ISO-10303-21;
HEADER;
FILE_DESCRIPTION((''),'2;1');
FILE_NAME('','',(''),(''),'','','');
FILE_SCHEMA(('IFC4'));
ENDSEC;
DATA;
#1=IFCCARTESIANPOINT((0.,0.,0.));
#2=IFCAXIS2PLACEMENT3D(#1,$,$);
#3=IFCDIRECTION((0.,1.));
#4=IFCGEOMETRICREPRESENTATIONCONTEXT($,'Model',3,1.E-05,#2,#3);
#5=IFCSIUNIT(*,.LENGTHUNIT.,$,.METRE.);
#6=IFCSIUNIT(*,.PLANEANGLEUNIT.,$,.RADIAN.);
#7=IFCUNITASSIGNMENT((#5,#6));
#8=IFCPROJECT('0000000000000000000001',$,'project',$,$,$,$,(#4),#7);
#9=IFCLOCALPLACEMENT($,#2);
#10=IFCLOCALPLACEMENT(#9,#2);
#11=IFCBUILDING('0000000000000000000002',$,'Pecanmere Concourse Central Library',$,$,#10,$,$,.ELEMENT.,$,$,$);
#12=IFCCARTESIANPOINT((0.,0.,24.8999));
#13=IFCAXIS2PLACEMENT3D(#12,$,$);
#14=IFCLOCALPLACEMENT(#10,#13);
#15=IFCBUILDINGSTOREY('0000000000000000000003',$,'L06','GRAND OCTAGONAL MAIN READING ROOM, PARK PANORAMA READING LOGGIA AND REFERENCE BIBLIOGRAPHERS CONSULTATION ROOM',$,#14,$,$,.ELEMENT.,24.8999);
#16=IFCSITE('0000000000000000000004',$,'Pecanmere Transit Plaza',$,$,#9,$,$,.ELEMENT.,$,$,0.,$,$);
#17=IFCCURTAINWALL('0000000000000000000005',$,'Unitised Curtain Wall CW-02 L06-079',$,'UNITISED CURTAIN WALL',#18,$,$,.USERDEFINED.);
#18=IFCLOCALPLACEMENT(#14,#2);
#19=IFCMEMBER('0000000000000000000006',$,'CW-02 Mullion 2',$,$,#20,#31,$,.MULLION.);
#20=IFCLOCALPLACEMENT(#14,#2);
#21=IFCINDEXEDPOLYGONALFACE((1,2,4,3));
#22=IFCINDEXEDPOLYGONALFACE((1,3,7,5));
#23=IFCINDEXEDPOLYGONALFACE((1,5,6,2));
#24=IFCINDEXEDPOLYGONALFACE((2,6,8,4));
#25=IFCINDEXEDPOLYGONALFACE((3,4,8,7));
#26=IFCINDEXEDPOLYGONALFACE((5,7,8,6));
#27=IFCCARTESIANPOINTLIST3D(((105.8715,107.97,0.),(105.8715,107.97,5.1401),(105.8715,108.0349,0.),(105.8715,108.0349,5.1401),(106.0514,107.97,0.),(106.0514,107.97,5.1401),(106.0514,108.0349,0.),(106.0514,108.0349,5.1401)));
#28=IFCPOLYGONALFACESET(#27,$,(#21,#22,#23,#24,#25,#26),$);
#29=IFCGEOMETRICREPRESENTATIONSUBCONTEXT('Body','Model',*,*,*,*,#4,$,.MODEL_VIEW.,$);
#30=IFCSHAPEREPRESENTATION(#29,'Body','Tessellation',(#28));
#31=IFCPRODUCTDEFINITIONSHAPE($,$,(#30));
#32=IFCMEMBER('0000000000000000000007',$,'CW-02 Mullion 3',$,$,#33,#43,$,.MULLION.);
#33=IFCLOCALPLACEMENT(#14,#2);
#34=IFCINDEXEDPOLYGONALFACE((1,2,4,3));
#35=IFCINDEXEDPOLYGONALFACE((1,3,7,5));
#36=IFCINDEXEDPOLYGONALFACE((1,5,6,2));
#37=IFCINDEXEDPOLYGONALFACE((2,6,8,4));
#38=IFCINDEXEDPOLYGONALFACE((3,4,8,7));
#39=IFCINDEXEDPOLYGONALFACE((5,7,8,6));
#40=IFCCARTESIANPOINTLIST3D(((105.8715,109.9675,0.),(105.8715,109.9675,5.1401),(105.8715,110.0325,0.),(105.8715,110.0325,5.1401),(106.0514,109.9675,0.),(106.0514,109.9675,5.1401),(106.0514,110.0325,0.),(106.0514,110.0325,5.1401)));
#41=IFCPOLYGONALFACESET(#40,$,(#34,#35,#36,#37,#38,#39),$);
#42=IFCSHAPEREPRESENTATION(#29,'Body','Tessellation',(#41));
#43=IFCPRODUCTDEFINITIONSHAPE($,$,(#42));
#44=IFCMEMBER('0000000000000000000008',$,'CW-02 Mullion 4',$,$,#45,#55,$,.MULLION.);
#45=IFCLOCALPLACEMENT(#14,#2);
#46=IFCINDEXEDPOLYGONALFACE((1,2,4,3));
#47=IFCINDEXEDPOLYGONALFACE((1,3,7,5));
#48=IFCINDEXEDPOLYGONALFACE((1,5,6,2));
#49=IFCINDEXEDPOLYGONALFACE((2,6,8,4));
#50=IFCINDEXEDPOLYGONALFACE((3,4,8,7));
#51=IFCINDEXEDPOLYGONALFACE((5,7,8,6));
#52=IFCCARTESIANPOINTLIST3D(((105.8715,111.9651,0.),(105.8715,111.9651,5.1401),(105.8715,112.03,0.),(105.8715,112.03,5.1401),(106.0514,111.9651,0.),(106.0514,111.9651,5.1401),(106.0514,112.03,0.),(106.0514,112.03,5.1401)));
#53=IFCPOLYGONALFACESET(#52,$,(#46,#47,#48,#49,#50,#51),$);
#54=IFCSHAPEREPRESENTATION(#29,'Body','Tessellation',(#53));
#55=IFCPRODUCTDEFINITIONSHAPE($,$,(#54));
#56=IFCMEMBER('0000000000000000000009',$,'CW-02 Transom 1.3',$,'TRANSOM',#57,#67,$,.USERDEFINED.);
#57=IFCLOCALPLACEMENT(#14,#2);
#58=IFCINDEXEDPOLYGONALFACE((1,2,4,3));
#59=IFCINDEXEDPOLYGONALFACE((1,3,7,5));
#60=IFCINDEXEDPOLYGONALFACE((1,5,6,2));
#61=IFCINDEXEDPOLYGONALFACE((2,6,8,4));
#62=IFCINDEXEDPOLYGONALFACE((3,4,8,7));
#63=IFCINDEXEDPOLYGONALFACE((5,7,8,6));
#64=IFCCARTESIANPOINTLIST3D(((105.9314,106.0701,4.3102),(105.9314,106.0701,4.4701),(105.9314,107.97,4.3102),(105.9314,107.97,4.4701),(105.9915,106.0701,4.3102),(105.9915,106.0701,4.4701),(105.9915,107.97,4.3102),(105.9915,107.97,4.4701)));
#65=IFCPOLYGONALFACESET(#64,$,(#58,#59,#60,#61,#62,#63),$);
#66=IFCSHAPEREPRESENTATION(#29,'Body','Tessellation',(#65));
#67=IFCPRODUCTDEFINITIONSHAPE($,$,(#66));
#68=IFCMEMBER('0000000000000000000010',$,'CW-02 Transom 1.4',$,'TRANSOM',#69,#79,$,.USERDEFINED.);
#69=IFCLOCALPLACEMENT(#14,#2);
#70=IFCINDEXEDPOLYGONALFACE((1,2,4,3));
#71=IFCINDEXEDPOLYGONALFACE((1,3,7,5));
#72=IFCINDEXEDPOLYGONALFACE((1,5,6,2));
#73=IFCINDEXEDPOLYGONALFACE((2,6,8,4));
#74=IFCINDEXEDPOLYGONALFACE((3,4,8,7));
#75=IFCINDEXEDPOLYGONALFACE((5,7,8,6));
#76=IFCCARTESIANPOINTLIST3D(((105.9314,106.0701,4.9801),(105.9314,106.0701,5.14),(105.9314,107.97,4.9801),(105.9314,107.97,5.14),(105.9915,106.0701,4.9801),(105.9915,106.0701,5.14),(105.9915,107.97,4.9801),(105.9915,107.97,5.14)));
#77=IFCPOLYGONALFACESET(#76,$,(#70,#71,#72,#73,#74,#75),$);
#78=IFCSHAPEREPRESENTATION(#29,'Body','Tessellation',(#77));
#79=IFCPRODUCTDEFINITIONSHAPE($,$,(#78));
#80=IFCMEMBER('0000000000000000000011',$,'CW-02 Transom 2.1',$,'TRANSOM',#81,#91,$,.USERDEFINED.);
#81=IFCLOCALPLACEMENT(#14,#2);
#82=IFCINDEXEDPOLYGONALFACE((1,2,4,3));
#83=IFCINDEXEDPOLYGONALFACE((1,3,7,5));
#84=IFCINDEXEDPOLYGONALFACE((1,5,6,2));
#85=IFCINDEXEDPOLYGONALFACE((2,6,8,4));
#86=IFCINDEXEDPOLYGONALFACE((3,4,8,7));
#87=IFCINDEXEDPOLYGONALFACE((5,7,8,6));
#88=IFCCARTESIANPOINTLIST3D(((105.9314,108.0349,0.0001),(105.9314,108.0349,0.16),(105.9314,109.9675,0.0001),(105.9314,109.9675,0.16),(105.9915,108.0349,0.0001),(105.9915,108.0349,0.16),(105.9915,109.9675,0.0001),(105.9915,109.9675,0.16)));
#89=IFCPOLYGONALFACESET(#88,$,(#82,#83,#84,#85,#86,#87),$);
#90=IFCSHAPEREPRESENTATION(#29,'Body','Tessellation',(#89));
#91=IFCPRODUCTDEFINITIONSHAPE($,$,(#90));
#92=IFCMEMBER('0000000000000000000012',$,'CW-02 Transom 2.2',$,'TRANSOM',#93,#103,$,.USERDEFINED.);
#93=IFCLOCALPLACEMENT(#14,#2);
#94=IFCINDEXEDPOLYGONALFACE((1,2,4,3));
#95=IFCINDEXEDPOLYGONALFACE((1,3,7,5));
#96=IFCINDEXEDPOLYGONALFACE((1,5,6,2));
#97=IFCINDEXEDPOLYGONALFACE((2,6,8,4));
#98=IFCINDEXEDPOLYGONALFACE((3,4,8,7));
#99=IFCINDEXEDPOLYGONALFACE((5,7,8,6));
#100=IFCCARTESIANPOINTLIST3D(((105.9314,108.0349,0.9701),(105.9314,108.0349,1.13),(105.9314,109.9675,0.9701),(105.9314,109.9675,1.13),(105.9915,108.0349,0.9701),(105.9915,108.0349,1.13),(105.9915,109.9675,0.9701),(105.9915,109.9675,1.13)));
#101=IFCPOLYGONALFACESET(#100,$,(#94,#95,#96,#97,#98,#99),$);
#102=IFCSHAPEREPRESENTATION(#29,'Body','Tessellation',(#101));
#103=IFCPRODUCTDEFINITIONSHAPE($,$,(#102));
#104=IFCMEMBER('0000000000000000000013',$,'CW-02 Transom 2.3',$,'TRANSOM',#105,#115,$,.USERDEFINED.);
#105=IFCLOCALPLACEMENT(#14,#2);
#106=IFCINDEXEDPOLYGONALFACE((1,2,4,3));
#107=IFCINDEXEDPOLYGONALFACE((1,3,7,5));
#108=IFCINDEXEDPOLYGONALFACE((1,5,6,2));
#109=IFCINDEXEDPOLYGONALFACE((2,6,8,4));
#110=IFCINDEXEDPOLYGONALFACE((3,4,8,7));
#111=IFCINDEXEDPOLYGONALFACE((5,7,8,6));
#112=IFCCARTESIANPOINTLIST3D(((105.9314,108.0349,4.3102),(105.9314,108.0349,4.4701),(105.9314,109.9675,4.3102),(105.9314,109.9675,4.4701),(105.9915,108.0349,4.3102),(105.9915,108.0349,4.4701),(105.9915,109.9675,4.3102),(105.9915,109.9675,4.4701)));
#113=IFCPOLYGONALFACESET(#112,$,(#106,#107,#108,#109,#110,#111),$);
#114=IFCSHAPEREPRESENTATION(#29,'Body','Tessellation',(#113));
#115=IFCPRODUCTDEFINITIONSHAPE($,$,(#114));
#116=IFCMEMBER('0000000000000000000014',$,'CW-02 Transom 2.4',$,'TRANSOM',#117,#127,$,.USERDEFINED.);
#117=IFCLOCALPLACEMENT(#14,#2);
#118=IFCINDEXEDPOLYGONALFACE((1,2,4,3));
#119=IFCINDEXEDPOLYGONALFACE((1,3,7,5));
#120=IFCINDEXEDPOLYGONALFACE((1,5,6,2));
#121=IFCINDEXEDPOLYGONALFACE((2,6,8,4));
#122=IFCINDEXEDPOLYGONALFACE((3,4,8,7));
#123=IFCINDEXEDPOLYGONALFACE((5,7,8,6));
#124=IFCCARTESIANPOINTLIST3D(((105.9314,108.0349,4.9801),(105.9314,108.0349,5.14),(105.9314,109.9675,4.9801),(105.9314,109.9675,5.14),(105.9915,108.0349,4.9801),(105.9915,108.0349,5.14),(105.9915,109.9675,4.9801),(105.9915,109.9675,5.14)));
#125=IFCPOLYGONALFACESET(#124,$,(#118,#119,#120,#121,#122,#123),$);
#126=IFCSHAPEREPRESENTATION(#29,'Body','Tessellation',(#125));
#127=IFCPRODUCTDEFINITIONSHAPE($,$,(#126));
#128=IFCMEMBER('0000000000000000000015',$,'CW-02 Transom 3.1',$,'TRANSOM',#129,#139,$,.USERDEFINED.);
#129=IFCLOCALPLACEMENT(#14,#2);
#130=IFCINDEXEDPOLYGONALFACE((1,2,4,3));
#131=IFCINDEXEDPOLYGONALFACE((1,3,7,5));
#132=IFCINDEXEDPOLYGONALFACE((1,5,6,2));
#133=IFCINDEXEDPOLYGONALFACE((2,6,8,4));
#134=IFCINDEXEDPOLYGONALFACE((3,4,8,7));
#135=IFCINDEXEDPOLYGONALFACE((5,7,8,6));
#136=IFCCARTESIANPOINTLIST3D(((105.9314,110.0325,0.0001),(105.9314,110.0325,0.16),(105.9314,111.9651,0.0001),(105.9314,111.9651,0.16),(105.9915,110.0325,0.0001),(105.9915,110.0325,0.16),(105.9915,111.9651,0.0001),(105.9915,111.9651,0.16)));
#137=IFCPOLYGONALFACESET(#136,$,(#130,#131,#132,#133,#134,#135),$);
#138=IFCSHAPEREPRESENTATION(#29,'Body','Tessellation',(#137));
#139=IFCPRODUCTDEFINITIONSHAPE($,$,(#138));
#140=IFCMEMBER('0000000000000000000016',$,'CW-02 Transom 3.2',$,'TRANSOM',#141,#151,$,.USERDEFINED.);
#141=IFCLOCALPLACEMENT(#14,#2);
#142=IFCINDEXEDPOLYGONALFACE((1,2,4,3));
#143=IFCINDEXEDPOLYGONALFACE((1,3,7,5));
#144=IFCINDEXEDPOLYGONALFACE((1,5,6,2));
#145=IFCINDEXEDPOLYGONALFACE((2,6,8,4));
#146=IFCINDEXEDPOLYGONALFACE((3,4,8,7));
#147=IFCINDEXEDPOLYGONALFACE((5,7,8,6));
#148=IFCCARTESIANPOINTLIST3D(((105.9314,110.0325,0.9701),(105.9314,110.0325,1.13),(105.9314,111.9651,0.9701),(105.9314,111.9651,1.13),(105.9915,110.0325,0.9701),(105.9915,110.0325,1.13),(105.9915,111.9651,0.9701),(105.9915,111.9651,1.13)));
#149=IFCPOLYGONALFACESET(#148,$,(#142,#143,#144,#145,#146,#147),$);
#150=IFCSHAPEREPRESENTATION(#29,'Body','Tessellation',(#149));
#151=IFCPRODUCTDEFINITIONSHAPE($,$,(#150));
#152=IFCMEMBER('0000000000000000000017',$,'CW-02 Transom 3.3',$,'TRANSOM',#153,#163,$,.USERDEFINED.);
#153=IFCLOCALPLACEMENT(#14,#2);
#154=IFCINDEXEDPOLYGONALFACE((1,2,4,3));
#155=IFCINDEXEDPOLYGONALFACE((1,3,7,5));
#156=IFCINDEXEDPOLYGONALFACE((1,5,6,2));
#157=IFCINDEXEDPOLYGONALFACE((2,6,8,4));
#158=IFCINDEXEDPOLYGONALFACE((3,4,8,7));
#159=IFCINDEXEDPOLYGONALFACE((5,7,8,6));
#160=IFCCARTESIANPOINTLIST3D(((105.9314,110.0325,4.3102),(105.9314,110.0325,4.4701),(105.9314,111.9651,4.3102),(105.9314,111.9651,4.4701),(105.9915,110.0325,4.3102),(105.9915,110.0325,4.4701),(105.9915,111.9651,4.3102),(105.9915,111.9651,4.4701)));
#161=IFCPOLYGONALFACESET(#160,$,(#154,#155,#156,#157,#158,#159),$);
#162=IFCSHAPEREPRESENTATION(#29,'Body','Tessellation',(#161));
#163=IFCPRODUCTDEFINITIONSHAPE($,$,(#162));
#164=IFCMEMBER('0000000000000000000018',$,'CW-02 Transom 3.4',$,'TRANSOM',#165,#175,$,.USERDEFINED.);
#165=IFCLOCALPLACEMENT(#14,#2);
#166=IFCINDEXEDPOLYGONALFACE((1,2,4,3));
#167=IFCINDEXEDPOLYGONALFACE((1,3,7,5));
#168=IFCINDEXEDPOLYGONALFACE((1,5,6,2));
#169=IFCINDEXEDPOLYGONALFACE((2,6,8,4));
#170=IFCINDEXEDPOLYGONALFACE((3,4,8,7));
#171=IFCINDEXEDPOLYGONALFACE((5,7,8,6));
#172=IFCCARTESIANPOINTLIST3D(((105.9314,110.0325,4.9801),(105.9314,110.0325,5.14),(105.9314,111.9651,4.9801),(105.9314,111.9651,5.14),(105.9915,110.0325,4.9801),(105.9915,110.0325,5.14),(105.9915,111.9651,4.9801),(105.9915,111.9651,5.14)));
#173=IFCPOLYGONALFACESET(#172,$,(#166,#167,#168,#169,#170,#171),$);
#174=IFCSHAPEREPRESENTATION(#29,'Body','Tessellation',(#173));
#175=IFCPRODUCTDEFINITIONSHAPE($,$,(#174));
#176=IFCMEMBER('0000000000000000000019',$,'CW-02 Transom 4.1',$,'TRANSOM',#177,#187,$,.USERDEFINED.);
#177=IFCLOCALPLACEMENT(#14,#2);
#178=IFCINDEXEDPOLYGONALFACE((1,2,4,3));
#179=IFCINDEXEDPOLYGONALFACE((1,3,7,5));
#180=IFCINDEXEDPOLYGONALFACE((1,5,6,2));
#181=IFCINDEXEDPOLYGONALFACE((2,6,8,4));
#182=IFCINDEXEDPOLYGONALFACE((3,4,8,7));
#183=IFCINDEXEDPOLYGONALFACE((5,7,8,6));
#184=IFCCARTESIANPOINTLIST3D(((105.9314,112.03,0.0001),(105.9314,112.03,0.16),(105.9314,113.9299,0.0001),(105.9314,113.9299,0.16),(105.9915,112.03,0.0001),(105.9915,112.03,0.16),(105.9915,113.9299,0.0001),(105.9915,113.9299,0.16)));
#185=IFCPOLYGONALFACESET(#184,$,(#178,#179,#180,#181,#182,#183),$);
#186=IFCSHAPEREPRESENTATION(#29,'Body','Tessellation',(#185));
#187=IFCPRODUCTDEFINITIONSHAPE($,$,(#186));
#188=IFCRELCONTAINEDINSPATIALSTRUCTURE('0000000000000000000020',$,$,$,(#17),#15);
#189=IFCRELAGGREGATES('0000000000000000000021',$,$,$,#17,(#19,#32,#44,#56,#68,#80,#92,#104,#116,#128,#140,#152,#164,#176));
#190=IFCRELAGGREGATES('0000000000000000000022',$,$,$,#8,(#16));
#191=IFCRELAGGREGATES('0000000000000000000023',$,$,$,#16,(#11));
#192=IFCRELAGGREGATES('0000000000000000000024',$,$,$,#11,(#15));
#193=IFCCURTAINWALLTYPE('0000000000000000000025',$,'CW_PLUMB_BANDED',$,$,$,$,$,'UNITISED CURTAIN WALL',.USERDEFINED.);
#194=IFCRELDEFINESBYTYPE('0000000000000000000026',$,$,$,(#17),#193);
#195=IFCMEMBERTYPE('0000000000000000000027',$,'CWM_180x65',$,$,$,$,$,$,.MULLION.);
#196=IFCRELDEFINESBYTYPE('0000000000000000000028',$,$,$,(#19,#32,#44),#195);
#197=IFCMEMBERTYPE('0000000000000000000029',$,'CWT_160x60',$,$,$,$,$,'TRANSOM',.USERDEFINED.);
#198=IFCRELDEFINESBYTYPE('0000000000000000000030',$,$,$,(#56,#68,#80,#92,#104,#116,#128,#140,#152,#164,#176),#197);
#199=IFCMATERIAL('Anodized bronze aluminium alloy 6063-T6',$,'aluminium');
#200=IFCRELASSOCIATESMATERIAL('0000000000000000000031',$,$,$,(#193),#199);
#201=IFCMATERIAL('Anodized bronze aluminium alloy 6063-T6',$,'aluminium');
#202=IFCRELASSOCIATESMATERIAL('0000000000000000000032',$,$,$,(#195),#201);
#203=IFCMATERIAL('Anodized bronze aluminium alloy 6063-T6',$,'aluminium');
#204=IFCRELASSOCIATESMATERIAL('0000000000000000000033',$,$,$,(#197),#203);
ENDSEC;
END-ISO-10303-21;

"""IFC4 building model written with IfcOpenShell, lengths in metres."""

from ifc_helpers import new_model, si_unit, direction, frame, origin, origin_2d, place, context, subcontext, project, spatial, rectangle, extrude, material, material_profile, profile_set, type_object, element, aggregate, save


model = new_model("IFC4")

# Units and contexts
model_context = context("Model", 3, precision=1e-05, world=origin(), true_north=direction((0.0, 1.0)))
body_context = subcontext(model_context, "Body", "Model", "MODEL_VIEW")
ifc_project = project(units=[si_unit("LENGTHUNIT", "METRE"), si_unit("PLANEANGLEUNIT", "RADIAN")], contexts=[model_context])

# Site, building, storey
site_placement = place(None, origin())
site = spatial("IfcSite", under=ifc_project, at=site_placement, Name="Pecanmere Transit Plaza", CompositionType="ELEMENT", RefElevation=0.0)
building_placement = place(site_placement, origin())
building = spatial("IfcBuilding", under=site, at=building_placement, Name="Pecanmere Concourse Central Library", CompositionType="ELEMENT")
storey_placement = place(building_placement, frame((0.0, 0.0, 24.8999)))
storey = spatial("IfcBuildingStorey", under=building, at=storey_placement, Name="L06", Description="GRAND OCTAGONAL MAIN READING ROOM, PARK PANORAMA READING LOGGIA AND REFERENCE BIBLIOGRAPHERS CONSULTATION ROOM", CompositionType="ELEMENT", Elevation=24.8999)

# Curtain wall, members
ifc_material_1 = material(Name="Anodized bronze aluminium alloy 6063-T6", Category="aluminium")
curtain_wall_type = type_object("IfcCurtainWallType", Name="CW_PLUMB_BANDED", ElementType="UNITISED CURTAIN WALL", PredefinedType="USERDEFINED", material=ifc_material_1)
curtain_wall_placement = place(storey_placement, origin())
curtain_wall = element("IfcCurtainWall", 1, at=curtain_wall_placement, inside=storey, type_object=curtain_wall_type, Name="Unitised Curtain Wall CW-02 L06-079", ObjectType="UNITISED CURTAIN WALL", PredefinedType="USERDEFINED")
ifc_material_2 = material(Name="Anodized bronze aluminium alloy 6063-T6", Category="aluminium")
ifc_material_profile_1 = material_profile(ifc_material_2, rectangle(XDim=0.0649, YDim=0.1799, at=origin_2d()), Name="AL 65x180")
ifc_profile_set_1 = profile_set([ifc_material_profile_1], Name="Anodized bronze aluminium alloy 6063-T6")
member_type_1 = type_object("IfcMemberType", Name="CWM_180x65", PredefinedType="MULLION", material=ifc_profile_set_1)
member_1_placement = place(storey_placement, frame((105.9614, 108.0024, 0.0), z_axis=(0.0, 0.0, 1.0), x_axis=(0.0, 1.0, 0.0)))
member_1 = element("IfcMember", 2, at=member_1_placement, type_object=member_type_1, Name="CW-02 Mullion 2", PredefinedType="MULLION", context=body_context, shape_type="SweptSolid", body=[
    extrude(rectangle(XDim=0.0649, YDim=0.1799, at=origin_2d()), origin(), (0.0, 0.0, 1.0), 5.1401),
])
member_2_placement = place(storey_placement, frame((105.9614, 110.0, 0.0), z_axis=(0.0, 0.0, 1.0), x_axis=(0.0, 1.0, 0.0)))
member_2 = element("IfcMember", 3, at=member_2_placement, type_object=member_type_1, Name="CW-02 Mullion 3", PredefinedType="MULLION", context=body_context, shape_type="SweptSolid", body=[
    extrude(rectangle(XDim=0.0649, YDim=0.1799, at=origin_2d()), origin(), (0.0, 0.0, 1.0), 5.1401),
])
member_3_placement = place(storey_placement, frame((105.9614, 111.9976, 0.0), z_axis=(0.0, 0.0, 1.0), x_axis=(0.0, 1.0, 0.0)))
member_3 = element("IfcMember", 4, at=member_3_placement, type_object=member_type_1, Name="CW-02 Mullion 4", PredefinedType="MULLION", context=body_context, shape_type="SweptSolid", body=[
    extrude(rectangle(XDim=0.0649, YDim=0.1799, at=origin_2d()), origin(), (0.0, 0.0, 1.0), 5.1401),
])
ifc_material_3 = material(Name="Anodized bronze aluminium alloy 6063-T6", Category="aluminium")
ifc_material_profile_2 = material_profile(ifc_material_3, rectangle(XDim=0.0601, YDim=0.1599, at=origin_2d()), Name="AL 60x160")
ifc_profile_set_2 = profile_set([ifc_material_profile_2], Name="Anodized bronze aluminium alloy 6063-T6")
member_type_2 = type_object("IfcMemberType", Name="CWT_160x60", ElementType="TRANSOM", PredefinedType="USERDEFINED", material=ifc_profile_set_2)
member_4_placement = place(storey_placement, frame((105.9614, 106.0701, 4.3901), z_axis=(0.0, 1.0, 0.0), x_axis=(-1.0, 0.0, 0.0)))
member_4 = element("IfcMember", 5, at=member_4_placement, type_object=member_type_2, Name="CW-02 Transom 1.3", ObjectType="TRANSOM", PredefinedType="USERDEFINED", context=body_context, shape_type="SweptSolid", body=[
    extrude(rectangle(XDim=0.0601, YDim=0.1599, at=origin_2d()), origin(), (0.0, 0.0, 1.0), 1.8999),
])
member_5_placement = place(storey_placement, frame((105.9614, 106.0701, 5.0601), z_axis=(0.0, 1.0, 0.0), x_axis=(-1.0, 0.0, 0.0)))
member_5 = element("IfcMember", 6, at=member_5_placement, type_object=member_type_2, Name="CW-02 Transom 1.4", ObjectType="TRANSOM", PredefinedType="USERDEFINED", context=body_context, shape_type="SweptSolid", body=[
    extrude(rectangle(XDim=0.0601, YDim=0.1599, at=origin_2d()), origin(), (0.0, 0.0, 1.0), 1.8999),
])
member_6_placement = place(storey_placement, frame((105.9614, 108.0349, 0.0801), z_axis=(0.0, 1.0, 0.0), x_axis=(-1.0, 0.0, 0.0)))
member_6 = element("IfcMember", 7, at=member_6_placement, type_object=member_type_2, Name="CW-02 Transom 2.1", ObjectType="TRANSOM", PredefinedType="USERDEFINED", context=body_context, shape_type="SweptSolid", body=[
    extrude(rectangle(XDim=0.0601, YDim=0.1599, at=origin_2d()), origin(), (0.0, 0.0, 1.0), 1.9326),
])
member_7_placement = place(storey_placement, frame((105.9614, 108.0349, 1.05), z_axis=(0.0, 1.0, 0.0), x_axis=(-1.0, 0.0, 0.0)))
member_7 = element("IfcMember", 8, at=member_7_placement, type_object=member_type_2, Name="CW-02 Transom 2.2", ObjectType="TRANSOM", PredefinedType="USERDEFINED", context=body_context, shape_type="SweptSolid", body=[
    extrude(rectangle(XDim=0.0601, YDim=0.1599, at=origin_2d()), origin(), (0.0, 0.0, 1.0), 1.9326),
])
member_8_placement = place(storey_placement, frame((105.9614, 108.0349, 4.3901), z_axis=(0.0, 1.0, 0.0), x_axis=(-1.0, 0.0, 0.0)))
member_8 = element("IfcMember", 9, at=member_8_placement, type_object=member_type_2, Name="CW-02 Transom 2.3", ObjectType="TRANSOM", PredefinedType="USERDEFINED", context=body_context, shape_type="SweptSolid", body=[
    extrude(rectangle(XDim=0.0601, YDim=0.1599, at=origin_2d()), origin(), (0.0, 0.0, 1.0), 1.9326),
])
member_9_placement = place(storey_placement, frame((105.9614, 108.0349, 5.0601), z_axis=(0.0, 1.0, 0.0), x_axis=(-1.0, 0.0, 0.0)))
member_9 = element("IfcMember", 10, at=member_9_placement, type_object=member_type_2, Name="CW-02 Transom 2.4", ObjectType="TRANSOM", PredefinedType="USERDEFINED", context=body_context, shape_type="SweptSolid", body=[
    extrude(rectangle(XDim=0.0601, YDim=0.1599, at=origin_2d()), origin(), (0.0, 0.0, 1.0), 1.9326),
])
member_10_placement = place(storey_placement, frame((105.9614, 110.0325, 0.0801), z_axis=(0.0, 1.0, 0.0), x_axis=(-1.0, 0.0, 0.0)))
member_10 = element("IfcMember", 11, at=member_10_placement, type_object=member_type_2, Name="CW-02 Transom 3.1", ObjectType="TRANSOM", PredefinedType="USERDEFINED", context=body_context, shape_type="SweptSolid", body=[
    extrude(rectangle(XDim=0.0601, YDim=0.1599, at=origin_2d()), origin(), (0.0, 0.0, 1.0), 1.9326),
])
member_11_placement = place(storey_placement, frame((105.9614, 110.0325, 1.05), z_axis=(0.0, 1.0, 0.0), x_axis=(-1.0, 0.0, 0.0)))
member_11 = element("IfcMember", 12, at=member_11_placement, type_object=member_type_2, Name="CW-02 Transom 3.2", ObjectType="TRANSOM", PredefinedType="USERDEFINED", context=body_context, shape_type="SweptSolid", body=[
    extrude(rectangle(XDim=0.0601, YDim=0.1599, at=origin_2d()), origin(), (0.0, 0.0, 1.0), 1.9326),
])
member_12_placement = place(storey_placement, frame((105.9614, 110.0325, 4.3901), z_axis=(0.0, 1.0, 0.0), x_axis=(-1.0, 0.0, 0.0)))
member_12 = element("IfcMember", 13, at=member_12_placement, type_object=member_type_2, Name="CW-02 Transom 3.3", ObjectType="TRANSOM", PredefinedType="USERDEFINED", context=body_context, shape_type="SweptSolid", body=[
    extrude(rectangle(XDim=0.0601, YDim=0.1599, at=origin_2d()), origin(), (0.0, 0.0, 1.0), 1.9326),
])
member_13_placement = place(storey_placement, frame((105.9614, 110.0325, 5.0601), z_axis=(0.0, 1.0, 0.0), x_axis=(-1.0, 0.0, 0.0)))
member_13 = element("IfcMember", 14, at=member_13_placement, type_object=member_type_2, Name="CW-02 Transom 3.4", ObjectType="TRANSOM", PredefinedType="USERDEFINED", context=body_context, shape_type="SweptSolid", body=[
    extrude(rectangle(XDim=0.0601, YDim=0.1599, at=origin_2d()), origin(), (0.0, 0.0, 1.0), 1.9326),
])
member_14_placement = place(storey_placement, frame((105.9614, 112.03, 0.0801), z_axis=(0.0, 1.0, 0.0), x_axis=(-1.0, 0.0, 0.0)))
member_14 = element("IfcMember", 15, at=member_14_placement, type_object=member_type_2, Name="CW-02 Transom 4.1", ObjectType="TRANSOM", PredefinedType="USERDEFINED", context=body_context, shape_type="SweptSolid", body=[
    extrude(rectangle(XDim=0.0601, YDim=0.1599, at=origin_2d()), origin(), (0.0, 0.0, 1.0), 1.8999),
])
aggregate(curtain_wall, [member_1, member_2, member_3, member_4, member_5, member_6, member_7, member_8, member_9, member_10, member_11, member_12, member_13, member_14])

save(model, "model.ifc")
